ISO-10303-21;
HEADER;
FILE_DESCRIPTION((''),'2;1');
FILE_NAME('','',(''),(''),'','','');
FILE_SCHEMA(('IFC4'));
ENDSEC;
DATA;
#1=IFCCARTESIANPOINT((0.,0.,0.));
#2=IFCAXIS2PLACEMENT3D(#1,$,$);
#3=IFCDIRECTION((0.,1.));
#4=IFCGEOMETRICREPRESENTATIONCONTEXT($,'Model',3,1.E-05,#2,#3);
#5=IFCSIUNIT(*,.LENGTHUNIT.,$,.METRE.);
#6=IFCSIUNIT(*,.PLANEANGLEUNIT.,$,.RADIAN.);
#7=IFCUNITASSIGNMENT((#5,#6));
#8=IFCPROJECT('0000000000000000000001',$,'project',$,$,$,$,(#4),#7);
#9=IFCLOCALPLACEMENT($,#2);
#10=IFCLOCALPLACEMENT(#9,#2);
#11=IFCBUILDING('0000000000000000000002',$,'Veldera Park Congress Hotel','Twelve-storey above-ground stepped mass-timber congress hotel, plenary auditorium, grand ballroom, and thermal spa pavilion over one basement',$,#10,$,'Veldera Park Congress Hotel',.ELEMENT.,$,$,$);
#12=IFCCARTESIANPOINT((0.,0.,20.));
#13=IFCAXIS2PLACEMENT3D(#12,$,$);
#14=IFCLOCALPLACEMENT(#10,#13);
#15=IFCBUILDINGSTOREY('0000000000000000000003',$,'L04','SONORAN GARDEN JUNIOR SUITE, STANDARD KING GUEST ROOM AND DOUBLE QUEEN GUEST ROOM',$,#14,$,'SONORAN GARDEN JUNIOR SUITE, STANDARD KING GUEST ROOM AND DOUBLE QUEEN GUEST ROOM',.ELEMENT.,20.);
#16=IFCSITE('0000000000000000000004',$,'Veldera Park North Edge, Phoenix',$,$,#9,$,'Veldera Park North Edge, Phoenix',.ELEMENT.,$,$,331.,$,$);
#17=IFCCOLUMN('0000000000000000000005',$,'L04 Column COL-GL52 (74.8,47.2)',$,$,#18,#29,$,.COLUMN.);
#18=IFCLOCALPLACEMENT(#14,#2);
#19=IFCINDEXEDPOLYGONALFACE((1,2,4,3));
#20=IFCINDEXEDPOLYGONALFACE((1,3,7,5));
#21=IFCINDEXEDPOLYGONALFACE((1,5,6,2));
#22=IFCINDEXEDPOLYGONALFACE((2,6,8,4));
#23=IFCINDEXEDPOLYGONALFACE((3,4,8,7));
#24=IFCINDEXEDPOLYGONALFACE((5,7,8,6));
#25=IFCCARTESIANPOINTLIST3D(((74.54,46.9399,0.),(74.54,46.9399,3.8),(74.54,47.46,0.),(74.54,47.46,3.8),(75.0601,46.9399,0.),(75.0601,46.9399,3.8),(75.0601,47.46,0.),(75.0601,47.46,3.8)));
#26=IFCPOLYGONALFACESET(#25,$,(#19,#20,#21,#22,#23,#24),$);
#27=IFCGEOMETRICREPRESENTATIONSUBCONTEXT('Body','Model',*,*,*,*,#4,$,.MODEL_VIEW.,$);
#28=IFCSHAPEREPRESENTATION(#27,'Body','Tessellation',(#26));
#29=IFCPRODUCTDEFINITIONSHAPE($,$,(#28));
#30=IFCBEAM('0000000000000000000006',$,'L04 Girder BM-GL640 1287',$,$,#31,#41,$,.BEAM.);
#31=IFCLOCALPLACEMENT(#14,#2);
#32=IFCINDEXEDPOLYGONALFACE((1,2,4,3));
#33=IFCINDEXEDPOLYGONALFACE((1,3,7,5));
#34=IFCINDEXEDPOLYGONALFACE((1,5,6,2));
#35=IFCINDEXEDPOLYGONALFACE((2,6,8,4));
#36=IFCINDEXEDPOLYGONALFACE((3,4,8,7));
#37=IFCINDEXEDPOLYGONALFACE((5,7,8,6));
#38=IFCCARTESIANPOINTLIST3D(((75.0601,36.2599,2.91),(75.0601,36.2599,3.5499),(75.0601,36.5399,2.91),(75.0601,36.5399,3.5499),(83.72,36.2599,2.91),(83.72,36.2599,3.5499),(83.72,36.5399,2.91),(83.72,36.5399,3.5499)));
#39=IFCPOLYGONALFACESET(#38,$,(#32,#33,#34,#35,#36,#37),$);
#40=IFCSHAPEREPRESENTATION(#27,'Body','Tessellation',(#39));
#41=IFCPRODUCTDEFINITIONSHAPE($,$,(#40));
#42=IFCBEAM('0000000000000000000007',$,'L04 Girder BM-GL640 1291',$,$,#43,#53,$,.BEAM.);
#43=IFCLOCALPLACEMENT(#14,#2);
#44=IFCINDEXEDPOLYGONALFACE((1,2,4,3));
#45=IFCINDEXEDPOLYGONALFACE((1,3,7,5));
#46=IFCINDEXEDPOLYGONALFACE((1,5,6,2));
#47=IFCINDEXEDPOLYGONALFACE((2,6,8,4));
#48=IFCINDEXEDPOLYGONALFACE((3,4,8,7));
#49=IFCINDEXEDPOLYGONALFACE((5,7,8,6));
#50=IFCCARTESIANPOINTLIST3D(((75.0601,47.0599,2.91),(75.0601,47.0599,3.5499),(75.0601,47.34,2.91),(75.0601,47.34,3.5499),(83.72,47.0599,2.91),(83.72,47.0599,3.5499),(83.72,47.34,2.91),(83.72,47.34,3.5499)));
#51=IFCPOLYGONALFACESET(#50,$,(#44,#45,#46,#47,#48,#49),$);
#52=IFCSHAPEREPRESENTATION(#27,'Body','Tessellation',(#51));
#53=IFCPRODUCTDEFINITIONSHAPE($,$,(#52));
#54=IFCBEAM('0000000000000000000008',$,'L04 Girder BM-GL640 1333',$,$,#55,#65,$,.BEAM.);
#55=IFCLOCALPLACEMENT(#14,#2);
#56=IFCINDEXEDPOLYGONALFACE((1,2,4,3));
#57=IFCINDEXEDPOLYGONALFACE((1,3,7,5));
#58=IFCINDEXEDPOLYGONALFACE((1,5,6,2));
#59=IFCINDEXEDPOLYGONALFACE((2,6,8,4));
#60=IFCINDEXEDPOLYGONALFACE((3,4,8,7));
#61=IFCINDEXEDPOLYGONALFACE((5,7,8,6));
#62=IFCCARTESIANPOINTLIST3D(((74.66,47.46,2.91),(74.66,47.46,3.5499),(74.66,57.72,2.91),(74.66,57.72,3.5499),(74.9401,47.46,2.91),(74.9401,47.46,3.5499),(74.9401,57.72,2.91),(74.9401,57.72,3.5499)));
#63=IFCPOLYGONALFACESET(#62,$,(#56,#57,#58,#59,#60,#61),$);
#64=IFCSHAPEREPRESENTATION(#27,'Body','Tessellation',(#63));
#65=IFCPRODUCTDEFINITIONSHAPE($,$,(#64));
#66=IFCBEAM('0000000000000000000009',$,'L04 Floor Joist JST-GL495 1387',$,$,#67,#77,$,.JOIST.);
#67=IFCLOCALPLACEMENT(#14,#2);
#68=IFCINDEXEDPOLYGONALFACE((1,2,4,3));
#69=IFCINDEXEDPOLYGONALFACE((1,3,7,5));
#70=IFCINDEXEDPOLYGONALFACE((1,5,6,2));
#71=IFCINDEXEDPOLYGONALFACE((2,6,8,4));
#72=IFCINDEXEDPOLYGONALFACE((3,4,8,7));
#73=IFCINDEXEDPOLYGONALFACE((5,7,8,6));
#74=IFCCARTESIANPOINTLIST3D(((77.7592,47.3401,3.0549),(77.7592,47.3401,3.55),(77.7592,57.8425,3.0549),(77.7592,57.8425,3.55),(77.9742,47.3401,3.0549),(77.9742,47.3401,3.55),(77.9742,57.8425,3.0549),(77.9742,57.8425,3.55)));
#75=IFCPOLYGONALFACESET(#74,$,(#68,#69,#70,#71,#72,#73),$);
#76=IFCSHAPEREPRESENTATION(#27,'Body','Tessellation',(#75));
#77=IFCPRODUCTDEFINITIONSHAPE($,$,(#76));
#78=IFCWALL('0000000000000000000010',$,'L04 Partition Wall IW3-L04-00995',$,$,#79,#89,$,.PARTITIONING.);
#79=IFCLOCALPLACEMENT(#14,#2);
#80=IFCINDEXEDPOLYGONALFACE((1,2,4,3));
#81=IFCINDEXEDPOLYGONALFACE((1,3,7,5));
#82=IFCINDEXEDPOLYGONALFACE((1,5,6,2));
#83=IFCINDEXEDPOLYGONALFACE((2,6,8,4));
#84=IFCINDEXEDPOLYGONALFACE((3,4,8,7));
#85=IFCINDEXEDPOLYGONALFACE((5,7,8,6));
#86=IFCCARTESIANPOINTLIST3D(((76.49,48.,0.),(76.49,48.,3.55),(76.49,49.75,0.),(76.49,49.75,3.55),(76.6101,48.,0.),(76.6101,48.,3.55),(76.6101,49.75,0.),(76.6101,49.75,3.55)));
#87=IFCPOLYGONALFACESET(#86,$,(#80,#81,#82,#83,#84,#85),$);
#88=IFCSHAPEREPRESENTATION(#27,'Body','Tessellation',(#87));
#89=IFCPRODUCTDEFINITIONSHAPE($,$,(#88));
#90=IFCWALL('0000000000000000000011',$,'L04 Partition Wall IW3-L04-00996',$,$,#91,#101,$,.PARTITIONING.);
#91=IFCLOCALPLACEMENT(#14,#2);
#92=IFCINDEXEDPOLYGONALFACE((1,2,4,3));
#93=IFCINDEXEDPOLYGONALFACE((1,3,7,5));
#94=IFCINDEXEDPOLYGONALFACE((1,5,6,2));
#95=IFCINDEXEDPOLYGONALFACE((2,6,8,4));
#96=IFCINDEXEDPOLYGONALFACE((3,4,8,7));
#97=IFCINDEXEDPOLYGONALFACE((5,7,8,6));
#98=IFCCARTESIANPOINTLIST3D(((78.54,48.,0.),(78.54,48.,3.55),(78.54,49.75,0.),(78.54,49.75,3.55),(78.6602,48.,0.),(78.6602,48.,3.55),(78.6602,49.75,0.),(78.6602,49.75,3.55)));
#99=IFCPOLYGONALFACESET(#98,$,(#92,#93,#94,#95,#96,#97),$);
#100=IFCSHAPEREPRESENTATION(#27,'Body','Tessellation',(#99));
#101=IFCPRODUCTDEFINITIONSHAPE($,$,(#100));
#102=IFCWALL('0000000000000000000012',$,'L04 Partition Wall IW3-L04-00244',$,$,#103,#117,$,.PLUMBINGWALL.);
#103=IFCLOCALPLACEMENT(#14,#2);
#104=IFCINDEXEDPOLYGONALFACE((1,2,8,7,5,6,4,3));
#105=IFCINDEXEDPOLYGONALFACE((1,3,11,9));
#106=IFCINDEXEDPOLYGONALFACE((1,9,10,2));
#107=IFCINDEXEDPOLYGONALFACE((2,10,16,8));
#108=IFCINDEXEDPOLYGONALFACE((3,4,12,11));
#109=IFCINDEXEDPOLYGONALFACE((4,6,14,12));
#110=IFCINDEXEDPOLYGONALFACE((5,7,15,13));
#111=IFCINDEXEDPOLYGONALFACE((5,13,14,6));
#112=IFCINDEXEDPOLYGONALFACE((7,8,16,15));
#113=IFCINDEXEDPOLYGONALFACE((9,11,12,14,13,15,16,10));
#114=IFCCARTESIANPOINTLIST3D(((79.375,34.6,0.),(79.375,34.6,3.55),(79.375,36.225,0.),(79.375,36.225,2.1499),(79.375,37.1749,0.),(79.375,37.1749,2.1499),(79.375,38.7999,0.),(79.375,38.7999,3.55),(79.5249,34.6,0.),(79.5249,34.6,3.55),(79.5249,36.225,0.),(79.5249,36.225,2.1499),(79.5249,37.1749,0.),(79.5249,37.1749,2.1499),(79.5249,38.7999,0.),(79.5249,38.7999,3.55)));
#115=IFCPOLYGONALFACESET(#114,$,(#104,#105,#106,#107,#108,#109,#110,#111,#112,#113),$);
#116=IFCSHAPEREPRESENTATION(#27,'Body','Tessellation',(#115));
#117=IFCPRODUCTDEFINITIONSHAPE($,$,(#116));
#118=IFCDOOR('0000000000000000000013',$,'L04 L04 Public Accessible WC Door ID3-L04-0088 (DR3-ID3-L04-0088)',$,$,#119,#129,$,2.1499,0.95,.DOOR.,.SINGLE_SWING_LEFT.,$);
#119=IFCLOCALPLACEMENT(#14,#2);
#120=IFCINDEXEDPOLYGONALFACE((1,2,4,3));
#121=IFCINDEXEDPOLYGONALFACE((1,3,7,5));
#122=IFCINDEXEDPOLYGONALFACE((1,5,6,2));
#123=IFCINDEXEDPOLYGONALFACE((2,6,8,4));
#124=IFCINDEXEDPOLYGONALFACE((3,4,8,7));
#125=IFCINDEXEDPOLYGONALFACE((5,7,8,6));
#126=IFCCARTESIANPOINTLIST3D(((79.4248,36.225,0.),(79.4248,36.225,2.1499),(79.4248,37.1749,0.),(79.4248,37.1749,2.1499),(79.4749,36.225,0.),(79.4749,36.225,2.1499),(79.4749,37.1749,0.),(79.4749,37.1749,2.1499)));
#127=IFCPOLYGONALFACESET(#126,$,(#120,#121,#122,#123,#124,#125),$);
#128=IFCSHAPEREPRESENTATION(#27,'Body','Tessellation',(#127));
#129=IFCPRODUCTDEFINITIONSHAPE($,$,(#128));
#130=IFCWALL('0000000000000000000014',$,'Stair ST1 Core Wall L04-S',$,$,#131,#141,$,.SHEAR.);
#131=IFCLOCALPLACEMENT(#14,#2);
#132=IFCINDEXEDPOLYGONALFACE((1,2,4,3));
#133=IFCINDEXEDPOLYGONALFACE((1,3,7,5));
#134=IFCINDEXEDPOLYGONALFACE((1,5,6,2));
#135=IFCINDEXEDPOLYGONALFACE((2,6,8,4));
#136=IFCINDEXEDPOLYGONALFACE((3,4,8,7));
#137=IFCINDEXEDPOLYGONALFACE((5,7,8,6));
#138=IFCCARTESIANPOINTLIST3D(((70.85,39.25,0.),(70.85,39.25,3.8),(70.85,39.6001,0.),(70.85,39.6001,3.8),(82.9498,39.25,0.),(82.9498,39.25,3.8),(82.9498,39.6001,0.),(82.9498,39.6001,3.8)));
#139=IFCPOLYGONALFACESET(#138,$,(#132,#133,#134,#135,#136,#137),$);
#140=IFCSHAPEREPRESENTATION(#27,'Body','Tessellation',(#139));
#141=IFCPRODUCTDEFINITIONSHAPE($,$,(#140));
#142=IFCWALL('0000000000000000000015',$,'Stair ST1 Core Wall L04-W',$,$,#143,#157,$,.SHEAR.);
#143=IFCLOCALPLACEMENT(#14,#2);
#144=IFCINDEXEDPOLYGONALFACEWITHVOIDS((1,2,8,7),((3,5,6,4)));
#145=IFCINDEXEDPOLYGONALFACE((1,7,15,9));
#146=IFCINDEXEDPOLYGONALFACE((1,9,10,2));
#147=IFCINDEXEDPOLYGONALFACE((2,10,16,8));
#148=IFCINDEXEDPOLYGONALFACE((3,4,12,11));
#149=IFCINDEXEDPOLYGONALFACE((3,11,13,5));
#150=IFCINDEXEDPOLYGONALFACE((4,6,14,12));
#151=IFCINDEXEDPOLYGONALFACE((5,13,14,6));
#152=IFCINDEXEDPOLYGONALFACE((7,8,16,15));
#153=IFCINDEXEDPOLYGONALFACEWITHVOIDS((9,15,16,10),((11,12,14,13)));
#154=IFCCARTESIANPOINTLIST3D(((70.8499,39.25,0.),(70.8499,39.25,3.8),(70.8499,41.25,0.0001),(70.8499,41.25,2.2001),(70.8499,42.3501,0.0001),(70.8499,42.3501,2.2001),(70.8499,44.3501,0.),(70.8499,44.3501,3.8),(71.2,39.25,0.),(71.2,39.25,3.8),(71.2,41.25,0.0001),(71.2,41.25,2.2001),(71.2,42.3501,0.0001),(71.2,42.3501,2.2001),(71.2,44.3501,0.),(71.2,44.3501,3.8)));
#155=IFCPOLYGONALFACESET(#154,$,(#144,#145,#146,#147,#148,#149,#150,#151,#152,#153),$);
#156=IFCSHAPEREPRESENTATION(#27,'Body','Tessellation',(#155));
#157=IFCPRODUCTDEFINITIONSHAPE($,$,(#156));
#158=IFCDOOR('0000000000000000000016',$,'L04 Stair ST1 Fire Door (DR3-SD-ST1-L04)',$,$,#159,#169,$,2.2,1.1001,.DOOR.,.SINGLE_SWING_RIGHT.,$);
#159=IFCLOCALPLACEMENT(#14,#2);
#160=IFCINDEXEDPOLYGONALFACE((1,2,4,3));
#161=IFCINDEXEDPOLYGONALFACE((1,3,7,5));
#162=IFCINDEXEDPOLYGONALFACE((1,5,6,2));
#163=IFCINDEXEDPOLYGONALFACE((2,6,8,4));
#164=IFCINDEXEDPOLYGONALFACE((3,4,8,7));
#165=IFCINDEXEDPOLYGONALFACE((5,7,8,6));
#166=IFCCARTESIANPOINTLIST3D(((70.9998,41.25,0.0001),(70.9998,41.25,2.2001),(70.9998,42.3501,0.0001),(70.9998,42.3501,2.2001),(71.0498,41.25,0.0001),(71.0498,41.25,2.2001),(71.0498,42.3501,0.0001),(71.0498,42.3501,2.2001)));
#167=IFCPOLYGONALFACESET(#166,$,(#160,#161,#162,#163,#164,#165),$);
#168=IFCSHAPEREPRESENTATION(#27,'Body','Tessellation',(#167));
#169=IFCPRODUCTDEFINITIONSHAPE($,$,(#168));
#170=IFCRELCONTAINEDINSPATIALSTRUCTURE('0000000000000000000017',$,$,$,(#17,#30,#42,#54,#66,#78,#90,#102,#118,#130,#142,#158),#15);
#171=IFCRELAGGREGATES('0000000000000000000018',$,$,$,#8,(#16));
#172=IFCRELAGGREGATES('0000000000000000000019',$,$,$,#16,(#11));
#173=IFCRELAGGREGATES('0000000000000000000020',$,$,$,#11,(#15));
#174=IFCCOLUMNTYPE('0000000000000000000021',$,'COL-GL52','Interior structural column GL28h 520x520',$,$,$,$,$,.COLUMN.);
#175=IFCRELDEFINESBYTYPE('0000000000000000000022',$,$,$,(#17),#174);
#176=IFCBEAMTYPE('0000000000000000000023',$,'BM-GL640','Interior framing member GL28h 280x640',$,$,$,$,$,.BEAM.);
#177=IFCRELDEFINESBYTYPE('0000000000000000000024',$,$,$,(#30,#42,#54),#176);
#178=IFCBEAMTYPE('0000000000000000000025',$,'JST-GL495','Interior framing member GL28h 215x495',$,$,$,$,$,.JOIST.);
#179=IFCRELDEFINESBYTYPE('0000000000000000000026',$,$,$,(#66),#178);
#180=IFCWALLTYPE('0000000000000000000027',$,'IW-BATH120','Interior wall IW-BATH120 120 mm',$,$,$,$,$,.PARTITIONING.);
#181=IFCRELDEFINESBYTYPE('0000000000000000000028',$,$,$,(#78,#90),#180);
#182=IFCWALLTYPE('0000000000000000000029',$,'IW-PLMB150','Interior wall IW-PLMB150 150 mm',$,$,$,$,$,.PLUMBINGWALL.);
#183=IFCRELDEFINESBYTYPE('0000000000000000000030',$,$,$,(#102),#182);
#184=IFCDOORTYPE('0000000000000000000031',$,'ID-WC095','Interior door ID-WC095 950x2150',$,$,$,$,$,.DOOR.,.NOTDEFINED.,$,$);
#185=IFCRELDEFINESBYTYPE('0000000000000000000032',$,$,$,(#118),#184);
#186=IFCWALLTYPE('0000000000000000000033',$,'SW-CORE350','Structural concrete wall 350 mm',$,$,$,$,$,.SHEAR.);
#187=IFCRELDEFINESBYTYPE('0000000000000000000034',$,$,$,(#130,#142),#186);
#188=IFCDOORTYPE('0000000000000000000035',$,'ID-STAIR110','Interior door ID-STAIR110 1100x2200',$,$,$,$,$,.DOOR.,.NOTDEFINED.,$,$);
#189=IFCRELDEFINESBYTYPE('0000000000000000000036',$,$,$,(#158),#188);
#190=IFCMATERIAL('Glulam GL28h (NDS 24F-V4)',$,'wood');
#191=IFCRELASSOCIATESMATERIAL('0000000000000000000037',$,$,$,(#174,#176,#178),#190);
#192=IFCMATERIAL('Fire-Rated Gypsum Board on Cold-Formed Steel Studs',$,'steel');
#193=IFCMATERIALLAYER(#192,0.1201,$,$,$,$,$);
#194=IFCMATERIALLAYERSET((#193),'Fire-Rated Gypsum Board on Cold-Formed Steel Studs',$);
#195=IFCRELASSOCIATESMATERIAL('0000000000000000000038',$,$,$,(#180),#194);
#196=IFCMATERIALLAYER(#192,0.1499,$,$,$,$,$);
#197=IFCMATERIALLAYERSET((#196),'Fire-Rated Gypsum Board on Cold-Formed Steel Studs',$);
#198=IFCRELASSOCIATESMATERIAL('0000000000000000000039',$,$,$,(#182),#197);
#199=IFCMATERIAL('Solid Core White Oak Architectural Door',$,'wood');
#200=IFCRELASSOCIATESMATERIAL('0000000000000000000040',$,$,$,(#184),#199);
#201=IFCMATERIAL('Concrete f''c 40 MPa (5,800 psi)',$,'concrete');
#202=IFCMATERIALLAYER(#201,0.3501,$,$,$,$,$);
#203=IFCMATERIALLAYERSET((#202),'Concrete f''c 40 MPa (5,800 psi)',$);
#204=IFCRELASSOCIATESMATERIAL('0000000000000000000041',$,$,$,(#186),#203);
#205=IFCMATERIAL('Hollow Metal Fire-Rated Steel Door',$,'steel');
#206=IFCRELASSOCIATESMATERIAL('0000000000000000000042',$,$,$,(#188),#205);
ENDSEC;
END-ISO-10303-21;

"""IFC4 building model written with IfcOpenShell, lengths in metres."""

from ifc_helpers import new_model, si_unit, direction, frame, frame_2d, origin, origin_2d, place, context, subcontext, project, spatial, rectangle, extrude, material, layer, layer_set, material_profile, profile_set, type_object, element, fill, save


model = new_model("IFC4")

# Units and contexts
model_context = context("Model", 3, precision=1e-05, world=origin(), true_north=direction((0.0, 1.0)))
body_context = subcontext(model_context, "Body", "Model", "MODEL_VIEW")
ifc_project = project(units=[si_unit("LENGTHUNIT", "METRE"), si_unit("PLANEANGLEUNIT", "RADIAN")], contexts=[model_context])

# Site, building, storey
site_placement = place(None, origin())
site = spatial("IfcSite", under=ifc_project, at=site_placement, Name="Veldera Park North Edge, Phoenix", LongName="Veldera Park North Edge, Phoenix", CompositionType="ELEMENT", RefElevation=331.0)
building_placement = place(site_placement, origin())
building = spatial("IfcBuilding", under=site, at=building_placement, Name="Veldera Park Congress Hotel", Description="Twelve-storey above-ground stepped mass-timber congress hotel, plenary auditorium, grand ballroom, and thermal spa pavilion over one basement", LongName="Veldera Park Congress Hotel", CompositionType="ELEMENT")
storey_placement = place(building_placement, frame((0.0, 0.0, 20.0)))
storey = spatial("IfcBuildingStorey", under=building, at=storey_placement, Name="L04", Description="SONORAN GARDEN JUNIOR SUITE, STANDARD KING GUEST ROOM AND DOUBLE QUEEN GUEST ROOM", LongName="SONORAN GARDEN JUNIOR SUITE, STANDARD KING GUEST ROOM AND DOUBLE QUEEN GUEST ROOM", CompositionType="ELEMENT", Elevation=20.0)

# Column
ifc_material_1 = material(Name="Glulam GL28h (NDS 24F-V4)", Category="wood")
ifc_material_profile_1 = material_profile(ifc_material_1, rectangle(XDim=0.52, YDim=0.52, at=origin_2d()), Name="GL28h 520x520")
ifc_profile_set_1 = profile_set([ifc_material_profile_1], Name="Glulam GL28h (NDS 24F-V4)")
column_type = type_object("IfcColumnType", Name="COL-GL52", Description="Interior structural column GL28h 520x520", PredefinedType="COLUMN", material=ifc_profile_set_1)
column_placement = place(storey_placement, frame((74.8, 47.2, 0.0), z_axis=(0.0, 0.0, 1.0), x_axis=(1.0, 0.0, 0.0)))
element("IfcColumn", 1, at=column_placement, inside=storey, type_object=column_type, Name="L04 Column COL-GL52 (74.8,47.2)", PredefinedType="COLUMN", context=body_context, shape_type="SweptSolid", body=[
    extrude(rectangle(XDim=0.52, YDim=0.52, at=origin_2d()), origin(), (0.0, 0.0, 1.0), 3.8),
])

# Beams
ifc_material_profile_2 = material_profile(ifc_material_1, rectangle(XDim=0.28, YDim=0.6399, at=origin_2d()), Name="GL28h 280x640")
ifc_profile_set_2 = profile_set([ifc_material_profile_2], Name="Glulam GL28h (NDS 24F-V4)")
beam_type_1 = type_object("IfcBeamType", Name="BM-GL640", Description="Interior framing member GL28h 280x640", PredefinedType="BEAM", material=ifc_profile_set_2)
for number, where, z_axis, x_axis, name in (
    (2, (75.0601, 36.3999, 3.23), (1.0, 0.0, 0.0), (0.0, 1.0, 0.0), "L04 Girder BM-GL640 1287"),
    (3, (75.0601, 47.2, 3.23), (1.0, 0.0, 0.0), (0.0, 1.0, 0.0), "L04 Girder BM-GL640 1291"),
):
    element("IfcBeam", number, at=place(storey_placement, frame(where, z_axis=z_axis, x_axis=x_axis)), inside=storey, type_object=beam_type_1, Name=name, PredefinedType="BEAM", context=body_context, shape_type="SweptSolid", body=[
        extrude(rectangle(XDim=0.28, YDim=0.6399, at=origin_2d()), origin(), (0.0, 0.0, 1.0), 8.6599),
    ])
beam_1_placement = place(storey_placement, frame((74.8, 47.46, 3.23), z_axis=(0.0, 1.0, 0.0), x_axis=(-1.0, 0.0, 0.0)))
element("IfcBeam", 4, at=beam_1_placement, inside=storey, type_object=beam_type_1, Name="L04 Girder BM-GL640 1333", PredefinedType="BEAM", context=body_context, shape_type="SweptSolid", body=[
    extrude(rectangle(XDim=0.28, YDim=0.6399, at=origin_2d()), origin(), (0.0, 0.0, 1.0), 10.26),
])
ifc_material_profile_3 = material_profile(ifc_material_1, rectangle(XDim=0.2151, YDim=0.4951, at=origin_2d()), Name="GL28h 215x495")
ifc_profile_set_3 = profile_set([ifc_material_profile_3], Name="Glulam GL28h (NDS 24F-V4)")
beam_type_2 = type_object("IfcBeamType", Name="JST-GL495", Description="Interior framing member GL28h 215x495", PredefinedType="JOIST", material=ifc_profile_set_3)
beam_2_placement = place(storey_placement, frame((77.8667, 47.3401, 3.3025), z_axis=(0.0, 1.0, 0.0), x_axis=(-1.0, 0.0, 0.0)))
element("IfcBeam", 5, at=beam_2_placement, inside=storey, type_object=beam_type_2, Name="L04 Floor Joist JST-GL495 1387", PredefinedType="JOIST", context=body_context, shape_type="SweptSolid", body=[
    extrude(rectangle(XDim=0.2151, YDim=0.4951, at=origin_2d()), origin(), (0.0, 0.0, 1.0), 10.5024),
])

# Walls
ifc_material_2 = material(Name="Fire-Rated Gypsum Board on Cold-Formed Steel Studs", Category="steel")
ifc_layer_1 = layer(ifc_material_2, 0.1201)
ifc_layer_set_1 = layer_set([ifc_layer_1], Name="Fire-Rated Gypsum Board on Cold-Formed Steel Studs")
wall_type_1 = type_object("IfcWallType", Name="IW-BATH120", Description="Interior wall IW-BATH120 120 mm", PredefinedType="PARTITIONING", material=ifc_layer_set_1)
for number, where, z_axis, x_axis, name in (
    (6, (76.55, 48.0, 0.0), (0.0, 0.0, 1.0), (0.0, 1.0, 0.0), "L04 Partition Wall IW3-L04-00995"),
    (7, (78.6001, 48.0, 0.0), (0.0, 0.0, 1.0), (0.0, 1.0, 0.0), "L04 Partition Wall IW3-L04-00996"),
):
    element("IfcWall", number, at=place(storey_placement, frame(where, z_axis=z_axis, x_axis=x_axis)), inside=storey, type_object=wall_type_1, Name=name, PredefinedType="PARTITIONING", context=body_context, shape_type="SweptSolid", body=[
        extrude(rectangle(XDim=1.75, YDim=0.1201, at=frame_2d((0.875, 0.0))), origin(), (0.0, 0.0, 1.0), 3.55),
    ])

# Wall, opening, door
ifc_material_3 = material(Name="Solid Core White Oak Architectural Door", Category="wood")
ifc_layer_2 = layer(ifc_material_2, 0.1499)
ifc_layer_set_2 = layer_set([ifc_layer_2], Name="Fire-Rated Gypsum Board on Cold-Formed Steel Studs")
wall_type_2 = type_object("IfcWallType", Name="IW-PLMB150", Description="Interior wall IW-PLMB150 150 mm", PredefinedType="PLUMBINGWALL", material=ifc_layer_set_2)
wall_1_placement = place(storey_placement, frame((79.45, 38.8, 0.0), z_axis=(0.0, 0.0, 1.0), x_axis=(0.0, -1.0, 0.0)))
wall_1 = element("IfcWall", 8, at=wall_1_placement, inside=storey, type_object=wall_type_2, Name="L04 Partition Wall IW3-L04-00244", PredefinedType="PLUMBINGWALL", context=body_context, shape_type="SweptSolid", body=[
    extrude(rectangle(XDim=4.2, YDim=0.1499, at=frame_2d((2.1001, 0.0))), origin(), (0.0, 0.0, 1.0), 3.55),
])
opening_1_placement = place(wall_1_placement, frame((1.625, 0.0, 0.0)))
opening_1 = element("IfcOpeningElement", 9, at=opening_1_placement, cuts=wall_1, PredefinedType="OPENING", context=body_context, shape_type="SweptSolid", body=[
    extrude(rectangle(XDim=0.95, YDim=2.1499, at=frame_2d((0.4751, 1.075))), frame((0.0, 0.0869, 0.0), z_axis=(0.0, -1.0, 0.0), x_axis=(1.0, 0.0, 0.0)), (0.0, 0.0, 1.0), 0.1738),
])
door_type_1 = type_object("IfcDoorType", Name="ID-WC095", Description="Interior door ID-WC095 950x2150", OperationType="NOTDEFINED", PredefinedType="DOOR", material=ifc_material_3)
door_1_placement = place(opening_1_placement, origin())
door_1 = element("IfcDoor", 10, at=door_1_placement, inside=storey, type_object=door_type_1, Name="L04 L04 Public Accessible WC Door ID3-L04-0088 (DR3-ID3-L04-0088)", OperationType="SINGLE_SWING_LEFT", OverallHeight=2.1499, OverallWidth=0.95, PredefinedType="DOOR", context=body_context, shape_type="SweptSolid", body=[
    extrude(rectangle(XDim=0.95, YDim=2.1499, at=frame_2d((0.4751, 1.075))), frame((0.0, 0.0249, 0.0), z_axis=(0.0, -1.0, 0.0), x_axis=(1.0, 0.0, 0.0)), (0.0, 0.0, 1.0), 0.05),
])
fill(opening_1, door_1)

# Wall
ifc_material_4 = material(Name="Concrete f'c 40 MPa (5,800 psi)", Category="concrete")
ifc_layer_3 = layer(ifc_material_4, 0.3501)
ifc_layer_set_3 = layer_set([ifc_layer_3], Name="Concrete f'c 40 MPa (5,800 psi)")
wall_type_3 = type_object("IfcWallType", Name="SW-CORE350", Description="Structural concrete wall 350 mm", PredefinedType="SHEAR", material=ifc_layer_set_3)
wall_2_placement = place(storey_placement, frame((70.8501, 39.425, 0.0), z_axis=(0.0, 0.0, 1.0), x_axis=(1.0, 0.0, 0.0)))
element("IfcWall", 11, at=wall_2_placement, inside=storey, type_object=wall_type_3, Name="Stair ST1 Core Wall L04-S", PredefinedType="SHEAR", context=body_context, shape_type="SweptSolid", body=[
    extrude(rectangle(XDim=12.0999, YDim=0.3501, at=frame_2d((6.0498, 0.0))), origin(), (0.0, 0.0, 1.0), 3.8),
])

# Wall, opening, door
wall_3_placement = place(storey_placement, frame((71.0249, 44.3501, 0.0), z_axis=(0.0, 0.0, 1.0), x_axis=(0.0, -1.0, 0.0)))
wall_3 = element("IfcWall", 12, at=wall_3_placement, inside=storey, type_object=wall_type_3, Name="Stair ST1 Core Wall L04-W", PredefinedType="SHEAR", context=body_context, shape_type="SweptSolid", body=[
    extrude(rectangle(XDim=5.1001, YDim=0.3501, at=frame_2d((2.55, 0.0))), origin(), (0.0, 0.0, 1.0), 3.8),
])
opening_2_placement = place(wall_3_placement, frame((2.0, 0.0, 0.0)))
opening_2 = element("IfcOpeningElement", 13, at=opening_2_placement, cuts=wall_3, PredefinedType="OPENING", context=body_context, shape_type="SweptSolid", body=[
    extrude(rectangle(XDim=1.1001, YDim=2.2, at=frame_2d((0.55, 1.1001))), frame((0.0, 0.187, 0.0), z_axis=(0.0, -1.0, 0.0), x_axis=(1.0, 0.0, 0.0)), (0.0, 0.0, 1.0), 0.374),
])
ifc_material_5 = material(Name="Hollow Metal Fire-Rated Steel Door", Category="steel")
door_type_2 = type_object("IfcDoorType", Name="ID-STAIR110", Description="Interior door ID-STAIR110 1100x2200", OperationType="NOTDEFINED", PredefinedType="DOOR", material=ifc_material_5)
door_2_placement = place(opening_2_placement, origin())
door_2 = element("IfcDoor", 14, at=door_2_placement, inside=storey, type_object=door_type_2, Name="L04 Stair ST1 Fire Door (DR3-SD-ST1-L04)", OperationType="SINGLE_SWING_RIGHT", OverallHeight=2.2, OverallWidth=1.1001, PredefinedType="DOOR", context=body_context, shape_type="SweptSolid", body=[
    extrude(rectangle(XDim=1.1001, YDim=2.2, at=frame_2d((0.55, 1.1001))), frame((0.0, 0.0249, 0.0), z_axis=(0.0, -1.0, 0.0), x_axis=(1.0, 0.0, 0.0)), (0.0, 0.0, 1.0), 0.05),
])
fill(opening_2, door_2)

save(model, "model.ifc")
